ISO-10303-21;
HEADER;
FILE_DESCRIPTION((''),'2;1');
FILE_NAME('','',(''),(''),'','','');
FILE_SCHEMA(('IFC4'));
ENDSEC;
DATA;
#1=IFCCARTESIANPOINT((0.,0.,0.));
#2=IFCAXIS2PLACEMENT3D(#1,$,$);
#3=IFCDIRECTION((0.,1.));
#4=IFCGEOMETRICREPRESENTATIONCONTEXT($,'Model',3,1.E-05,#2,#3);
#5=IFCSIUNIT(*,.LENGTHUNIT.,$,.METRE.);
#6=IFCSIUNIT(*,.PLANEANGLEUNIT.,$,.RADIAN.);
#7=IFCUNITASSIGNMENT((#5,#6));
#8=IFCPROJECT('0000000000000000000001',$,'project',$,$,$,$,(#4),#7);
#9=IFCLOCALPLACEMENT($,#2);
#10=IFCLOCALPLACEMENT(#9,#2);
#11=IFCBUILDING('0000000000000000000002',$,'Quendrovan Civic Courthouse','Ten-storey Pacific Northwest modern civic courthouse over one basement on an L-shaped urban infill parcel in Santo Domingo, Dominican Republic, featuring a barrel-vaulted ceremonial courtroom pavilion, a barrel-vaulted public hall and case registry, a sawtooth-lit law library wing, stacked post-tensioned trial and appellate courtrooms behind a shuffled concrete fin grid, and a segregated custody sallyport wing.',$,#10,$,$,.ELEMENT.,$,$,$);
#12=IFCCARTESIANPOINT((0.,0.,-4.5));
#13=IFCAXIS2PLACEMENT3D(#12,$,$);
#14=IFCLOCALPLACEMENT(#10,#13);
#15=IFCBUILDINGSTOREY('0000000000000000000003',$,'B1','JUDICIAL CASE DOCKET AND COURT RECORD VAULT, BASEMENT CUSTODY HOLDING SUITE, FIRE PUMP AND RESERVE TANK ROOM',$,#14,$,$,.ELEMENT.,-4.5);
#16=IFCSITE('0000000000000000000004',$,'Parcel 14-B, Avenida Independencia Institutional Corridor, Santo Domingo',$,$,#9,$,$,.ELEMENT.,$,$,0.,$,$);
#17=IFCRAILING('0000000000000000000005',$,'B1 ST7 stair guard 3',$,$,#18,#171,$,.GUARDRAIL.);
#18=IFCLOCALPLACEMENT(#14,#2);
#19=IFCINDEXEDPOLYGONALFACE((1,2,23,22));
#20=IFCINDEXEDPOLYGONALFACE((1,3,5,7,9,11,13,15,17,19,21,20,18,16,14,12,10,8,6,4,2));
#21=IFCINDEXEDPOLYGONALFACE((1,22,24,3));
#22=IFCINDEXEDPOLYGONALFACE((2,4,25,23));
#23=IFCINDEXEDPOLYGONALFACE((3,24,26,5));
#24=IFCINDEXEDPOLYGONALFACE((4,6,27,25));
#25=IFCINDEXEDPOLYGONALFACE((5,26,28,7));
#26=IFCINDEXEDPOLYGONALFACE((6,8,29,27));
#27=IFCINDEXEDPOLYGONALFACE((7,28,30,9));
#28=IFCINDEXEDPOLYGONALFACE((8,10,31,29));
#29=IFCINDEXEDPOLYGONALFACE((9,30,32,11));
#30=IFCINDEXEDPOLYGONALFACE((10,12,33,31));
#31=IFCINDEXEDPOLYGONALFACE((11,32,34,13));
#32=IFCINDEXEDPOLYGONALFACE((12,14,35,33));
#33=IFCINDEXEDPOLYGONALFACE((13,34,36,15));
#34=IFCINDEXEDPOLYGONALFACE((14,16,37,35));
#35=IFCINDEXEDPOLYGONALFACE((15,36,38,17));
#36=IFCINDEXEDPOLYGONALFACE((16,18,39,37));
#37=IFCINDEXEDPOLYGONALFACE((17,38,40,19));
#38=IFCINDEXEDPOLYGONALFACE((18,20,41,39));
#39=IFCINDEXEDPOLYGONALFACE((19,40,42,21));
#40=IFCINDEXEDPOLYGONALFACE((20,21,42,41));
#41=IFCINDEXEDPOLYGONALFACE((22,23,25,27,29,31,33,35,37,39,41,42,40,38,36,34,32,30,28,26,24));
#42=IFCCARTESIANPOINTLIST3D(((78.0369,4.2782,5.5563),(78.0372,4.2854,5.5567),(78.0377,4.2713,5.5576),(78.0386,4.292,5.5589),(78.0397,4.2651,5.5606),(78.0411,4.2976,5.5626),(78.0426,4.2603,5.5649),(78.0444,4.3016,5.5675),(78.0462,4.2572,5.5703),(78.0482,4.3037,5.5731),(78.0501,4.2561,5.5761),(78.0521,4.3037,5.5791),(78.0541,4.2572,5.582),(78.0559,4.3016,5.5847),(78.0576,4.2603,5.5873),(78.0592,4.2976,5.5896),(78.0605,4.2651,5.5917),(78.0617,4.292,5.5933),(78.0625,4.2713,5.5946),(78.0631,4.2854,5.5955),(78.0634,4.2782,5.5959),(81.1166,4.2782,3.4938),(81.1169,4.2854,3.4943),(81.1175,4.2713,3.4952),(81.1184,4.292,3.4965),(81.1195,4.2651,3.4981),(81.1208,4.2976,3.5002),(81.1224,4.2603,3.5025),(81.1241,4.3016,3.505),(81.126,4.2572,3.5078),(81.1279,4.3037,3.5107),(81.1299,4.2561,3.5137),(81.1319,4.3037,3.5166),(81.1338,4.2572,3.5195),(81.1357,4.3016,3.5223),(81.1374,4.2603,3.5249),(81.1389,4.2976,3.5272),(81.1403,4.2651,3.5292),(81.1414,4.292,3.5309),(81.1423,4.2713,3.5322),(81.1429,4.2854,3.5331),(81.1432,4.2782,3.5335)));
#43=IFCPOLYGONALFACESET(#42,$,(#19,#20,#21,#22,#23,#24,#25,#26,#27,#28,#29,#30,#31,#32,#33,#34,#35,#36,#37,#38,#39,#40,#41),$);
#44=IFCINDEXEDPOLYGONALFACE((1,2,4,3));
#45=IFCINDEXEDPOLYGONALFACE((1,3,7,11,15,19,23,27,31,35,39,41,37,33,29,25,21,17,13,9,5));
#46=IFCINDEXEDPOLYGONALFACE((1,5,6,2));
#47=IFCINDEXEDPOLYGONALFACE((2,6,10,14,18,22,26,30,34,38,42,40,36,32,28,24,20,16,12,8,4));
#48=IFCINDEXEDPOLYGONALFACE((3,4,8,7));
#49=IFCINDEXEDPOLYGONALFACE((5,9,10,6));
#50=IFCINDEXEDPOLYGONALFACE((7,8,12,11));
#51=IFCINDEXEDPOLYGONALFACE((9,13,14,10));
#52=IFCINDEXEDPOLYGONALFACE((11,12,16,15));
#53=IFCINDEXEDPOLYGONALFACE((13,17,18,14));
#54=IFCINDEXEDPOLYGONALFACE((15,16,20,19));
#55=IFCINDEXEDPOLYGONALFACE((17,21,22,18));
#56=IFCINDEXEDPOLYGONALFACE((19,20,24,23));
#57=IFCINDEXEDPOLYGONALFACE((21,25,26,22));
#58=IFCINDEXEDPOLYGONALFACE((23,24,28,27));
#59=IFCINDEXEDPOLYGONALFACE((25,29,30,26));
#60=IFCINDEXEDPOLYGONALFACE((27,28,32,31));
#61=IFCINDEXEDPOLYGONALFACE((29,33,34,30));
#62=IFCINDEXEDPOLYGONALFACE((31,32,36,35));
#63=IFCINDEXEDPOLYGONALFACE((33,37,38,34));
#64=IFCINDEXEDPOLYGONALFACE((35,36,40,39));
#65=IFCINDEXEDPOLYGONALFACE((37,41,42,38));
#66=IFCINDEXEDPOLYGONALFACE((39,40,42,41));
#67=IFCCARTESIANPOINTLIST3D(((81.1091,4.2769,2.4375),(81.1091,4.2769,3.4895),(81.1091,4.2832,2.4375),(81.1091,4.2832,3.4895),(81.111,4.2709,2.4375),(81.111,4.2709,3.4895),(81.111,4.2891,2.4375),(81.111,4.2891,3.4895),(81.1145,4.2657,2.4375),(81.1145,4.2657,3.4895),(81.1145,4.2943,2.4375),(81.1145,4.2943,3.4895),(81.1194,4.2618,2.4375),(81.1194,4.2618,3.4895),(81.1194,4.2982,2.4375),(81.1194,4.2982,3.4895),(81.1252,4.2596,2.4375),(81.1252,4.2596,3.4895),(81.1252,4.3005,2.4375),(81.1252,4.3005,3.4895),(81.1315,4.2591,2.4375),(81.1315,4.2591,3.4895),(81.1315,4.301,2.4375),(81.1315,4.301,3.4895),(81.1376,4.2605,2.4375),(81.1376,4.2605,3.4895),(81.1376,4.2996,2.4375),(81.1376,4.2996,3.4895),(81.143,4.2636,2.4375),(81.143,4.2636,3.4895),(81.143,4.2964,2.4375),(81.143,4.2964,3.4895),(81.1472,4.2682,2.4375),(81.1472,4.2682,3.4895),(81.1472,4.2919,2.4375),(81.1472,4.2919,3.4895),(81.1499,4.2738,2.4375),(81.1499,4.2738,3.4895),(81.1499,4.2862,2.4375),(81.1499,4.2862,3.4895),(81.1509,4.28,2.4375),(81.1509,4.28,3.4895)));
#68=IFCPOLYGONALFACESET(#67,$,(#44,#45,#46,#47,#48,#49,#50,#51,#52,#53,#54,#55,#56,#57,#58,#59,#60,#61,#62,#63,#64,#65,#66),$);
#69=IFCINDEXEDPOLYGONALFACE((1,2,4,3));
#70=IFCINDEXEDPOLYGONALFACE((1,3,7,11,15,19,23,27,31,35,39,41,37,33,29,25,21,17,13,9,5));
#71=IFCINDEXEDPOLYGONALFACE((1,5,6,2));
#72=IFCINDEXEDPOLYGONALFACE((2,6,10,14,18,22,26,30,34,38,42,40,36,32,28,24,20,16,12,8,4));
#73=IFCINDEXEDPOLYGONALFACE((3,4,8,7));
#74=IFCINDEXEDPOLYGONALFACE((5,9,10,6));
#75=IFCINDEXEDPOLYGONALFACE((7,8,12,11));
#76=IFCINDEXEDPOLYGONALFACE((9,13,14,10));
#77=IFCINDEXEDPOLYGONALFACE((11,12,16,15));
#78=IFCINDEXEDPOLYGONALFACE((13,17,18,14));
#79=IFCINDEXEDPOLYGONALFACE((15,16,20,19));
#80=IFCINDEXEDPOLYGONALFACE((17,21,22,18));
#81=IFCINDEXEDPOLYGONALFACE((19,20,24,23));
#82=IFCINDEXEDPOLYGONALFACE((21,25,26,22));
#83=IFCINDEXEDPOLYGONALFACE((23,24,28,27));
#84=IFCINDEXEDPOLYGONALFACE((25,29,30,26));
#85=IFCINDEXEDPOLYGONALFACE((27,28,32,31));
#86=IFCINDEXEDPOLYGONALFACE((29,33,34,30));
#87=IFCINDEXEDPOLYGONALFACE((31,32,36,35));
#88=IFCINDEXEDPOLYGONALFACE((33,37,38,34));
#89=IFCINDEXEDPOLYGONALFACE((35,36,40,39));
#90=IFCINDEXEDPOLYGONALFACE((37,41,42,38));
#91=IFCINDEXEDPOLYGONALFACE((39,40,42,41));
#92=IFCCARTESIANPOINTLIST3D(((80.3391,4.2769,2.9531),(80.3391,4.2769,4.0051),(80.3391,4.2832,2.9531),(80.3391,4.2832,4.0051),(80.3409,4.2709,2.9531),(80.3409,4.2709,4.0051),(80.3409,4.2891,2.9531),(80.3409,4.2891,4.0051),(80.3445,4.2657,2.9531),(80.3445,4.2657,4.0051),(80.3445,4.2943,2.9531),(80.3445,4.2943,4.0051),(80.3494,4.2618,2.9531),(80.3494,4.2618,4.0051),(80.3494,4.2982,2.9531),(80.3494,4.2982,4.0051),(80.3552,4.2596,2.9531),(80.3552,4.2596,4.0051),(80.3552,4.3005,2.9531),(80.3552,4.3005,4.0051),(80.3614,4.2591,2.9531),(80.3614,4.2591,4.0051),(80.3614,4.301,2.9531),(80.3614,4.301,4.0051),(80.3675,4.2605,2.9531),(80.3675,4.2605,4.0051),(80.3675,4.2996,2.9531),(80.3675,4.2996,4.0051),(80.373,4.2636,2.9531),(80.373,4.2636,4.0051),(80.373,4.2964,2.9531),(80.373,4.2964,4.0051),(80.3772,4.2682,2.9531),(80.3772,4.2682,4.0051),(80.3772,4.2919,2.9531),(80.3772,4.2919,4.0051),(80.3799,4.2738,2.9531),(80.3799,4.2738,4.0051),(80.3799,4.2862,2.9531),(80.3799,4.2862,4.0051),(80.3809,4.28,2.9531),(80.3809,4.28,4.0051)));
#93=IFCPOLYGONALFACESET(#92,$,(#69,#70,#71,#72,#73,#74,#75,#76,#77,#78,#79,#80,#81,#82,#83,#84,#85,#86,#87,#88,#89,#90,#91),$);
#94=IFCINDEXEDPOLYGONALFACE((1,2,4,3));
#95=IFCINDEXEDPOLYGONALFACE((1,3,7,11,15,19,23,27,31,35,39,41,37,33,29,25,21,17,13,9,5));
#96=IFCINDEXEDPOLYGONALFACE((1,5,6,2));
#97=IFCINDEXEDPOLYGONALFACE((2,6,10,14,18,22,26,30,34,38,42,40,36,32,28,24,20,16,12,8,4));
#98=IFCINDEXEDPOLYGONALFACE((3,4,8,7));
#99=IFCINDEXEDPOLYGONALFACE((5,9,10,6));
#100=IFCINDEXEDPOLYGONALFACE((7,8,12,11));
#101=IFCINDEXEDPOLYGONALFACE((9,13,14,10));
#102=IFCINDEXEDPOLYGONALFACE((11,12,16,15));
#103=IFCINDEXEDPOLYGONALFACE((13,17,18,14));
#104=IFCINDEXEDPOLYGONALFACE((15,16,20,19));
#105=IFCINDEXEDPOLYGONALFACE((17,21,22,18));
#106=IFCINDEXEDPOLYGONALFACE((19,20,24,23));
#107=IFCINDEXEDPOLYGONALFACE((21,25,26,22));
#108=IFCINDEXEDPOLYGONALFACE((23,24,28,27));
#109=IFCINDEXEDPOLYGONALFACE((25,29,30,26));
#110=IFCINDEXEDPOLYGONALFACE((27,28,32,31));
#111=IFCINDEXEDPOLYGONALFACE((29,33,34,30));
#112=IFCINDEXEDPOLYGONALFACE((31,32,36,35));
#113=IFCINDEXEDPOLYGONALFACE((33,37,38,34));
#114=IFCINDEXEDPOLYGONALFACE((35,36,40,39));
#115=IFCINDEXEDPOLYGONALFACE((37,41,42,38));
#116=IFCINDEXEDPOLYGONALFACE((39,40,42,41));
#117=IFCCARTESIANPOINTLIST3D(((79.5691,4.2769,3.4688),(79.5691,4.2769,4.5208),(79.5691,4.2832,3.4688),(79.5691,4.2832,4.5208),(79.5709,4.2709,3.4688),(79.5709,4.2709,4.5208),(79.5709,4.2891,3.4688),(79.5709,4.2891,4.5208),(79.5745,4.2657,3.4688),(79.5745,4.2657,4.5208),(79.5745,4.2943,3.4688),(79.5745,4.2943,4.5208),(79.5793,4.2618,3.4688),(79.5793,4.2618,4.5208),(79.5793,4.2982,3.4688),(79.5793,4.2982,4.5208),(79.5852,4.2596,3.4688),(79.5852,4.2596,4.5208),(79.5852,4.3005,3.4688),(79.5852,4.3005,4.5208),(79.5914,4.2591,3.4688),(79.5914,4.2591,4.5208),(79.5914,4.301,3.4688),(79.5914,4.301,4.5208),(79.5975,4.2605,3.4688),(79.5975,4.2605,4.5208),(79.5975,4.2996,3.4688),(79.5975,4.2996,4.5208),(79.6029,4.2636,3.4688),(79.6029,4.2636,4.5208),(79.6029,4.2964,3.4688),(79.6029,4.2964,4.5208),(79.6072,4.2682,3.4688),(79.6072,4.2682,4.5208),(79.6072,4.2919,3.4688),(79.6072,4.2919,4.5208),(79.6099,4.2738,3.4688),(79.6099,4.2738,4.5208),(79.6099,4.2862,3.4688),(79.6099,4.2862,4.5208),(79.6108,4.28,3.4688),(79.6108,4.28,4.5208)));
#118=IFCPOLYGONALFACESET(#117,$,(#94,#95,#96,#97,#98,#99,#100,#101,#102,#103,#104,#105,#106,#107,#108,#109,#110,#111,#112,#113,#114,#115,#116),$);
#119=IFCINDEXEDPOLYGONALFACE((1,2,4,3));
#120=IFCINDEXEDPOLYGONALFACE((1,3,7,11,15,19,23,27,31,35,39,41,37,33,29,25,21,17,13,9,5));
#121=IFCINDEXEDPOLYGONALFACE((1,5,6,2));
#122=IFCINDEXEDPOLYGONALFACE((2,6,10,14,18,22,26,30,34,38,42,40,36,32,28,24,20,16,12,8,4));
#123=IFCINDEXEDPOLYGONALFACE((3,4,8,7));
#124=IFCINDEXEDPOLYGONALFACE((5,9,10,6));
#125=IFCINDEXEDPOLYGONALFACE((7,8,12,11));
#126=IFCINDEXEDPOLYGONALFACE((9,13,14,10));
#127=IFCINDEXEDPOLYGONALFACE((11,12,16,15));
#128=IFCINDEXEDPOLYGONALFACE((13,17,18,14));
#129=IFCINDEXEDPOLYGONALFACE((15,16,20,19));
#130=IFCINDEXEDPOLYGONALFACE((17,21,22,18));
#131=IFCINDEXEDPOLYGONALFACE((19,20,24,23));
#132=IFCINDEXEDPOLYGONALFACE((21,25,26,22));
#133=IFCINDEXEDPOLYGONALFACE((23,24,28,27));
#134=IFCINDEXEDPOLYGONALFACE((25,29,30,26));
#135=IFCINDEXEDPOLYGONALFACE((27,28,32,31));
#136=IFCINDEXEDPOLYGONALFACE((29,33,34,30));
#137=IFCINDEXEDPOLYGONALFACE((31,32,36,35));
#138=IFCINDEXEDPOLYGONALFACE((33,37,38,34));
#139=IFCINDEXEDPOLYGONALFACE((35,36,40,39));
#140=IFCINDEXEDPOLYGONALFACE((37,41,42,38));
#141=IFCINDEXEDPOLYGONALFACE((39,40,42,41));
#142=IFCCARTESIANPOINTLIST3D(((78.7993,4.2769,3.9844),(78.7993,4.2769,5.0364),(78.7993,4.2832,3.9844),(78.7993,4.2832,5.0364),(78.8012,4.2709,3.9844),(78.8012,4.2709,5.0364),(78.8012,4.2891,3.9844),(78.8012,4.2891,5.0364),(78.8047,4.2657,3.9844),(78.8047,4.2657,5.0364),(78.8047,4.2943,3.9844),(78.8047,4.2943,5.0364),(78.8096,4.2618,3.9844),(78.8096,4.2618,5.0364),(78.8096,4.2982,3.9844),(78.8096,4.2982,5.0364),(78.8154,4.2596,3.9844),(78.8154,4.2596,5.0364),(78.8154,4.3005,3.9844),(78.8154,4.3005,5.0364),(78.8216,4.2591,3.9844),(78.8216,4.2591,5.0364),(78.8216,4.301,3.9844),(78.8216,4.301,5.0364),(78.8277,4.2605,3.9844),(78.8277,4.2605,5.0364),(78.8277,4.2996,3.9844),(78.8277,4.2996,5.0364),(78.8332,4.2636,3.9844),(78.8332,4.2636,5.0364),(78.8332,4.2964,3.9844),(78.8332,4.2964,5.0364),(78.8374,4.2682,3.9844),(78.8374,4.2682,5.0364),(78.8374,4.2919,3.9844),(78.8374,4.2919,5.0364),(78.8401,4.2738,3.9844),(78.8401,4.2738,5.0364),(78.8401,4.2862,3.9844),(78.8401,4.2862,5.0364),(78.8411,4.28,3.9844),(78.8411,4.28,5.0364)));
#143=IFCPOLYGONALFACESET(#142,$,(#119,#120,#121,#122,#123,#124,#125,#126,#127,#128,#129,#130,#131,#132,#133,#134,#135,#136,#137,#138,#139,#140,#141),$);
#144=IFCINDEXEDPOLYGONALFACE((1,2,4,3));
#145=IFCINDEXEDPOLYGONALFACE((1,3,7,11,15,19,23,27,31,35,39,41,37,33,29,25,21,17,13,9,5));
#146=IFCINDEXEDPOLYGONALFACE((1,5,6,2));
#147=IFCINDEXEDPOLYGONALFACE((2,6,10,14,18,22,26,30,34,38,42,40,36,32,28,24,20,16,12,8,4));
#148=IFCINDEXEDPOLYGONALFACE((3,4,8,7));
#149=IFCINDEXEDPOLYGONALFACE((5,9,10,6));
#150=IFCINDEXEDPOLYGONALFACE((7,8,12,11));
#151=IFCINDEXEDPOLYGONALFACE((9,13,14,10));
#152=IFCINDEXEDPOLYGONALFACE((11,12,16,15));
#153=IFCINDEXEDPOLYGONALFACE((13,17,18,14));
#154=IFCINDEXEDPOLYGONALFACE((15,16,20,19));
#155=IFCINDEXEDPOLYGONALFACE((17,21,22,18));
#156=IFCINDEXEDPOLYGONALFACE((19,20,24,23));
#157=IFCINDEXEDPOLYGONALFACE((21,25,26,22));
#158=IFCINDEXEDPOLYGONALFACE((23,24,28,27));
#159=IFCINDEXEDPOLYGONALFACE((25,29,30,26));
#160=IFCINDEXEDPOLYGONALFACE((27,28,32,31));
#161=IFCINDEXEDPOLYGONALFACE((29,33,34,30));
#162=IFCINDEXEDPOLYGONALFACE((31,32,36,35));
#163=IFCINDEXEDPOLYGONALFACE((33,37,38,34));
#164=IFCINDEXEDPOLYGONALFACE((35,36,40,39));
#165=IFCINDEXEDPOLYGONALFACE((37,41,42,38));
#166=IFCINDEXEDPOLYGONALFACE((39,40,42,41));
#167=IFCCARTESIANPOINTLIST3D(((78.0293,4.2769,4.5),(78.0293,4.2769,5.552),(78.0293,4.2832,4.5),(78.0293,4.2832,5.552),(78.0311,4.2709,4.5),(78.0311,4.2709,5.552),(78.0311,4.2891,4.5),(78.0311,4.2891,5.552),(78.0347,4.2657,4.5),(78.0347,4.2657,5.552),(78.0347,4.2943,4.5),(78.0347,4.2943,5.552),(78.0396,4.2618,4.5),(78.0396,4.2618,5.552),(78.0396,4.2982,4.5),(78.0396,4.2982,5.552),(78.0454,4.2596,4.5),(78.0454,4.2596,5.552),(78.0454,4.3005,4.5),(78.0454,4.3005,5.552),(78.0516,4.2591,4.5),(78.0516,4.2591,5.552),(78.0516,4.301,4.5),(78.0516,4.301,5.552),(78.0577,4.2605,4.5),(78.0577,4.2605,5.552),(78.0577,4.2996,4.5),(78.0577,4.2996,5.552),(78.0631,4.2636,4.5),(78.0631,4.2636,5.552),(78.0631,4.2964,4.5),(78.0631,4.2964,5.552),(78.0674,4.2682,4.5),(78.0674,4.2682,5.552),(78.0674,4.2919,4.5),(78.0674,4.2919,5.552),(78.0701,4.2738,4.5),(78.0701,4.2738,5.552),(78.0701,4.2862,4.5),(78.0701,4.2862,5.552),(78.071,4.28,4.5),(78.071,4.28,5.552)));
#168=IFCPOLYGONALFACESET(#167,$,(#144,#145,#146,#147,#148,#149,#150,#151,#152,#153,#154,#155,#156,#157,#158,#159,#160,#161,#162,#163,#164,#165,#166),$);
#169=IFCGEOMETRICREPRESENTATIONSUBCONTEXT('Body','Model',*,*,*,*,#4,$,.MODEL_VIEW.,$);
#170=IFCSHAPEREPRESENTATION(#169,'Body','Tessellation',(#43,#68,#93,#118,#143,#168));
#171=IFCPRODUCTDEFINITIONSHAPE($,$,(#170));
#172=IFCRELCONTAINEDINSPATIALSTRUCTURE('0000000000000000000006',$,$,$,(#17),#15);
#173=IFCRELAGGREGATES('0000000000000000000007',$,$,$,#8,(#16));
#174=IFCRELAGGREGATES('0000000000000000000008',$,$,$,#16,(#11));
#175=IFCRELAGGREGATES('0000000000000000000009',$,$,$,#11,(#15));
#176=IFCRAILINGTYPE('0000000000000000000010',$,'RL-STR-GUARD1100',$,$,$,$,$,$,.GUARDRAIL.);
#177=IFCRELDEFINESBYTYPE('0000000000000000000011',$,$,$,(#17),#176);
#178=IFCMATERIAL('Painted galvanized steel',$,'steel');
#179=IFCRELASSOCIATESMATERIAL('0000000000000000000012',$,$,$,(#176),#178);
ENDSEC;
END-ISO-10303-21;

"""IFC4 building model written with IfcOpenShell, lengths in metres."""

from ifc_helpers import new_model, si_unit, direction, frame, origin, origin_2d, place, context, subcontext, project, spatial, circle, extrude, material, type_object, element, save


model = new_model("IFC4")

# Units and contexts
model_context = context("Model", 3, precision=1e-05, world=origin(), true_north=direction((0.0, 1.0)))
body_context = subcontext(model_context, "Body", "Model", "MODEL_VIEW")
ifc_project = project(units=[si_unit("LENGTHUNIT", "METRE"), si_unit("PLANEANGLEUNIT", "RADIAN")], contexts=[model_context])

# Site, building, storey
site_placement = place(None, origin())
site = spatial("IfcSite", under=ifc_project, at=site_placement, Name="Parcel 14-B, Avenida Independencia Institutional Corridor, Santo Domingo", CompositionType="ELEMENT", RefElevation=0.0)
building_placement = place(site_placement, origin())
building = spatial("IfcBuilding", under=site, at=building_placement, Name="Quendrovan Civic Courthouse", Description="Ten-storey Pacific Northwest modern civic courthouse over one basement on an L-shaped urban infill parcel in Santo Domingo, Dominican Republic, featuring a barrel-vaulted ceremonial courtroom pavilion, a barrel-vaulted public hall and case registry, a sawtooth-lit law library wing, stacked post-tensioned trial and appellate courtrooms behind a shuffled concrete fin grid, and a segregated custody sallyport wing.", CompositionType="ELEMENT")
storey_placement = place(building_placement, frame((0.0, 0.0, -4.5)))
storey = spatial("IfcBuildingStorey", under=building, at=storey_placement, Name="B1", Description="JUDICIAL CASE DOCKET AND COURT RECORD VAULT, BASEMENT CUSTODY HOLDING SUITE, FIRE PUMP AND RESERVE TANK ROOM", CompositionType="ELEMENT", Elevation=-4.5)

# Railing
ifc_material_1 = material(Name="Painted galvanized steel", Category="steel")
railing_type_1 = type_object("IfcRailingType", Name="RL-STR-GUARD1100", PredefinedType="GUARDRAIL", material=ifc_material_1)
railing_1_placement = place(storey_placement, frame((81.1299, 4.28, 2.4375)))
element("IfcRailing", 1, at=railing_1_placement, inside=storey, type_object=railing_type_1, Name="B1 ST7 stair guard 3", PredefinedType="GUARDRAIL", context=body_context, shape_type="SweptSolid", body=[
    extrude(circle(Radius=0.0239, at=origin_2d()), frame((0.0, 0.0, 1.0762), z_axis=(-0.830893, 0.0, 0.556432), x_axis=(0.0, -1.0, 0.0)), (0.0, 0.0, 1.0), 3.7065),
    extrude(circle(Radius=0.021, at=origin_2d()), origin(), (0.0, 0.0, 1.0), 1.052),
    extrude(circle(Radius=0.021, at=origin_2d()), frame((-0.77, 0.0, 0.5156)), (0.0, 0.0, 1.0), 1.052),
    extrude(circle(Radius=0.021, at=origin_2d()), frame((-1.54, 0.0, 1.0312)), (0.0, 0.0, 1.0), 1.052),
    extrude(circle(Radius=0.021, at=origin_2d()), frame((-2.3098, 0.0, 1.5469)), (0.0, 0.0, 1.0), 1.052),
    extrude(circle(Radius=0.021, at=origin_2d()), frame((-3.0798, 0.0, 2.0625)), (0.0, 0.0, 1.0), 1.052),
])

save(model, "model.ifc")
